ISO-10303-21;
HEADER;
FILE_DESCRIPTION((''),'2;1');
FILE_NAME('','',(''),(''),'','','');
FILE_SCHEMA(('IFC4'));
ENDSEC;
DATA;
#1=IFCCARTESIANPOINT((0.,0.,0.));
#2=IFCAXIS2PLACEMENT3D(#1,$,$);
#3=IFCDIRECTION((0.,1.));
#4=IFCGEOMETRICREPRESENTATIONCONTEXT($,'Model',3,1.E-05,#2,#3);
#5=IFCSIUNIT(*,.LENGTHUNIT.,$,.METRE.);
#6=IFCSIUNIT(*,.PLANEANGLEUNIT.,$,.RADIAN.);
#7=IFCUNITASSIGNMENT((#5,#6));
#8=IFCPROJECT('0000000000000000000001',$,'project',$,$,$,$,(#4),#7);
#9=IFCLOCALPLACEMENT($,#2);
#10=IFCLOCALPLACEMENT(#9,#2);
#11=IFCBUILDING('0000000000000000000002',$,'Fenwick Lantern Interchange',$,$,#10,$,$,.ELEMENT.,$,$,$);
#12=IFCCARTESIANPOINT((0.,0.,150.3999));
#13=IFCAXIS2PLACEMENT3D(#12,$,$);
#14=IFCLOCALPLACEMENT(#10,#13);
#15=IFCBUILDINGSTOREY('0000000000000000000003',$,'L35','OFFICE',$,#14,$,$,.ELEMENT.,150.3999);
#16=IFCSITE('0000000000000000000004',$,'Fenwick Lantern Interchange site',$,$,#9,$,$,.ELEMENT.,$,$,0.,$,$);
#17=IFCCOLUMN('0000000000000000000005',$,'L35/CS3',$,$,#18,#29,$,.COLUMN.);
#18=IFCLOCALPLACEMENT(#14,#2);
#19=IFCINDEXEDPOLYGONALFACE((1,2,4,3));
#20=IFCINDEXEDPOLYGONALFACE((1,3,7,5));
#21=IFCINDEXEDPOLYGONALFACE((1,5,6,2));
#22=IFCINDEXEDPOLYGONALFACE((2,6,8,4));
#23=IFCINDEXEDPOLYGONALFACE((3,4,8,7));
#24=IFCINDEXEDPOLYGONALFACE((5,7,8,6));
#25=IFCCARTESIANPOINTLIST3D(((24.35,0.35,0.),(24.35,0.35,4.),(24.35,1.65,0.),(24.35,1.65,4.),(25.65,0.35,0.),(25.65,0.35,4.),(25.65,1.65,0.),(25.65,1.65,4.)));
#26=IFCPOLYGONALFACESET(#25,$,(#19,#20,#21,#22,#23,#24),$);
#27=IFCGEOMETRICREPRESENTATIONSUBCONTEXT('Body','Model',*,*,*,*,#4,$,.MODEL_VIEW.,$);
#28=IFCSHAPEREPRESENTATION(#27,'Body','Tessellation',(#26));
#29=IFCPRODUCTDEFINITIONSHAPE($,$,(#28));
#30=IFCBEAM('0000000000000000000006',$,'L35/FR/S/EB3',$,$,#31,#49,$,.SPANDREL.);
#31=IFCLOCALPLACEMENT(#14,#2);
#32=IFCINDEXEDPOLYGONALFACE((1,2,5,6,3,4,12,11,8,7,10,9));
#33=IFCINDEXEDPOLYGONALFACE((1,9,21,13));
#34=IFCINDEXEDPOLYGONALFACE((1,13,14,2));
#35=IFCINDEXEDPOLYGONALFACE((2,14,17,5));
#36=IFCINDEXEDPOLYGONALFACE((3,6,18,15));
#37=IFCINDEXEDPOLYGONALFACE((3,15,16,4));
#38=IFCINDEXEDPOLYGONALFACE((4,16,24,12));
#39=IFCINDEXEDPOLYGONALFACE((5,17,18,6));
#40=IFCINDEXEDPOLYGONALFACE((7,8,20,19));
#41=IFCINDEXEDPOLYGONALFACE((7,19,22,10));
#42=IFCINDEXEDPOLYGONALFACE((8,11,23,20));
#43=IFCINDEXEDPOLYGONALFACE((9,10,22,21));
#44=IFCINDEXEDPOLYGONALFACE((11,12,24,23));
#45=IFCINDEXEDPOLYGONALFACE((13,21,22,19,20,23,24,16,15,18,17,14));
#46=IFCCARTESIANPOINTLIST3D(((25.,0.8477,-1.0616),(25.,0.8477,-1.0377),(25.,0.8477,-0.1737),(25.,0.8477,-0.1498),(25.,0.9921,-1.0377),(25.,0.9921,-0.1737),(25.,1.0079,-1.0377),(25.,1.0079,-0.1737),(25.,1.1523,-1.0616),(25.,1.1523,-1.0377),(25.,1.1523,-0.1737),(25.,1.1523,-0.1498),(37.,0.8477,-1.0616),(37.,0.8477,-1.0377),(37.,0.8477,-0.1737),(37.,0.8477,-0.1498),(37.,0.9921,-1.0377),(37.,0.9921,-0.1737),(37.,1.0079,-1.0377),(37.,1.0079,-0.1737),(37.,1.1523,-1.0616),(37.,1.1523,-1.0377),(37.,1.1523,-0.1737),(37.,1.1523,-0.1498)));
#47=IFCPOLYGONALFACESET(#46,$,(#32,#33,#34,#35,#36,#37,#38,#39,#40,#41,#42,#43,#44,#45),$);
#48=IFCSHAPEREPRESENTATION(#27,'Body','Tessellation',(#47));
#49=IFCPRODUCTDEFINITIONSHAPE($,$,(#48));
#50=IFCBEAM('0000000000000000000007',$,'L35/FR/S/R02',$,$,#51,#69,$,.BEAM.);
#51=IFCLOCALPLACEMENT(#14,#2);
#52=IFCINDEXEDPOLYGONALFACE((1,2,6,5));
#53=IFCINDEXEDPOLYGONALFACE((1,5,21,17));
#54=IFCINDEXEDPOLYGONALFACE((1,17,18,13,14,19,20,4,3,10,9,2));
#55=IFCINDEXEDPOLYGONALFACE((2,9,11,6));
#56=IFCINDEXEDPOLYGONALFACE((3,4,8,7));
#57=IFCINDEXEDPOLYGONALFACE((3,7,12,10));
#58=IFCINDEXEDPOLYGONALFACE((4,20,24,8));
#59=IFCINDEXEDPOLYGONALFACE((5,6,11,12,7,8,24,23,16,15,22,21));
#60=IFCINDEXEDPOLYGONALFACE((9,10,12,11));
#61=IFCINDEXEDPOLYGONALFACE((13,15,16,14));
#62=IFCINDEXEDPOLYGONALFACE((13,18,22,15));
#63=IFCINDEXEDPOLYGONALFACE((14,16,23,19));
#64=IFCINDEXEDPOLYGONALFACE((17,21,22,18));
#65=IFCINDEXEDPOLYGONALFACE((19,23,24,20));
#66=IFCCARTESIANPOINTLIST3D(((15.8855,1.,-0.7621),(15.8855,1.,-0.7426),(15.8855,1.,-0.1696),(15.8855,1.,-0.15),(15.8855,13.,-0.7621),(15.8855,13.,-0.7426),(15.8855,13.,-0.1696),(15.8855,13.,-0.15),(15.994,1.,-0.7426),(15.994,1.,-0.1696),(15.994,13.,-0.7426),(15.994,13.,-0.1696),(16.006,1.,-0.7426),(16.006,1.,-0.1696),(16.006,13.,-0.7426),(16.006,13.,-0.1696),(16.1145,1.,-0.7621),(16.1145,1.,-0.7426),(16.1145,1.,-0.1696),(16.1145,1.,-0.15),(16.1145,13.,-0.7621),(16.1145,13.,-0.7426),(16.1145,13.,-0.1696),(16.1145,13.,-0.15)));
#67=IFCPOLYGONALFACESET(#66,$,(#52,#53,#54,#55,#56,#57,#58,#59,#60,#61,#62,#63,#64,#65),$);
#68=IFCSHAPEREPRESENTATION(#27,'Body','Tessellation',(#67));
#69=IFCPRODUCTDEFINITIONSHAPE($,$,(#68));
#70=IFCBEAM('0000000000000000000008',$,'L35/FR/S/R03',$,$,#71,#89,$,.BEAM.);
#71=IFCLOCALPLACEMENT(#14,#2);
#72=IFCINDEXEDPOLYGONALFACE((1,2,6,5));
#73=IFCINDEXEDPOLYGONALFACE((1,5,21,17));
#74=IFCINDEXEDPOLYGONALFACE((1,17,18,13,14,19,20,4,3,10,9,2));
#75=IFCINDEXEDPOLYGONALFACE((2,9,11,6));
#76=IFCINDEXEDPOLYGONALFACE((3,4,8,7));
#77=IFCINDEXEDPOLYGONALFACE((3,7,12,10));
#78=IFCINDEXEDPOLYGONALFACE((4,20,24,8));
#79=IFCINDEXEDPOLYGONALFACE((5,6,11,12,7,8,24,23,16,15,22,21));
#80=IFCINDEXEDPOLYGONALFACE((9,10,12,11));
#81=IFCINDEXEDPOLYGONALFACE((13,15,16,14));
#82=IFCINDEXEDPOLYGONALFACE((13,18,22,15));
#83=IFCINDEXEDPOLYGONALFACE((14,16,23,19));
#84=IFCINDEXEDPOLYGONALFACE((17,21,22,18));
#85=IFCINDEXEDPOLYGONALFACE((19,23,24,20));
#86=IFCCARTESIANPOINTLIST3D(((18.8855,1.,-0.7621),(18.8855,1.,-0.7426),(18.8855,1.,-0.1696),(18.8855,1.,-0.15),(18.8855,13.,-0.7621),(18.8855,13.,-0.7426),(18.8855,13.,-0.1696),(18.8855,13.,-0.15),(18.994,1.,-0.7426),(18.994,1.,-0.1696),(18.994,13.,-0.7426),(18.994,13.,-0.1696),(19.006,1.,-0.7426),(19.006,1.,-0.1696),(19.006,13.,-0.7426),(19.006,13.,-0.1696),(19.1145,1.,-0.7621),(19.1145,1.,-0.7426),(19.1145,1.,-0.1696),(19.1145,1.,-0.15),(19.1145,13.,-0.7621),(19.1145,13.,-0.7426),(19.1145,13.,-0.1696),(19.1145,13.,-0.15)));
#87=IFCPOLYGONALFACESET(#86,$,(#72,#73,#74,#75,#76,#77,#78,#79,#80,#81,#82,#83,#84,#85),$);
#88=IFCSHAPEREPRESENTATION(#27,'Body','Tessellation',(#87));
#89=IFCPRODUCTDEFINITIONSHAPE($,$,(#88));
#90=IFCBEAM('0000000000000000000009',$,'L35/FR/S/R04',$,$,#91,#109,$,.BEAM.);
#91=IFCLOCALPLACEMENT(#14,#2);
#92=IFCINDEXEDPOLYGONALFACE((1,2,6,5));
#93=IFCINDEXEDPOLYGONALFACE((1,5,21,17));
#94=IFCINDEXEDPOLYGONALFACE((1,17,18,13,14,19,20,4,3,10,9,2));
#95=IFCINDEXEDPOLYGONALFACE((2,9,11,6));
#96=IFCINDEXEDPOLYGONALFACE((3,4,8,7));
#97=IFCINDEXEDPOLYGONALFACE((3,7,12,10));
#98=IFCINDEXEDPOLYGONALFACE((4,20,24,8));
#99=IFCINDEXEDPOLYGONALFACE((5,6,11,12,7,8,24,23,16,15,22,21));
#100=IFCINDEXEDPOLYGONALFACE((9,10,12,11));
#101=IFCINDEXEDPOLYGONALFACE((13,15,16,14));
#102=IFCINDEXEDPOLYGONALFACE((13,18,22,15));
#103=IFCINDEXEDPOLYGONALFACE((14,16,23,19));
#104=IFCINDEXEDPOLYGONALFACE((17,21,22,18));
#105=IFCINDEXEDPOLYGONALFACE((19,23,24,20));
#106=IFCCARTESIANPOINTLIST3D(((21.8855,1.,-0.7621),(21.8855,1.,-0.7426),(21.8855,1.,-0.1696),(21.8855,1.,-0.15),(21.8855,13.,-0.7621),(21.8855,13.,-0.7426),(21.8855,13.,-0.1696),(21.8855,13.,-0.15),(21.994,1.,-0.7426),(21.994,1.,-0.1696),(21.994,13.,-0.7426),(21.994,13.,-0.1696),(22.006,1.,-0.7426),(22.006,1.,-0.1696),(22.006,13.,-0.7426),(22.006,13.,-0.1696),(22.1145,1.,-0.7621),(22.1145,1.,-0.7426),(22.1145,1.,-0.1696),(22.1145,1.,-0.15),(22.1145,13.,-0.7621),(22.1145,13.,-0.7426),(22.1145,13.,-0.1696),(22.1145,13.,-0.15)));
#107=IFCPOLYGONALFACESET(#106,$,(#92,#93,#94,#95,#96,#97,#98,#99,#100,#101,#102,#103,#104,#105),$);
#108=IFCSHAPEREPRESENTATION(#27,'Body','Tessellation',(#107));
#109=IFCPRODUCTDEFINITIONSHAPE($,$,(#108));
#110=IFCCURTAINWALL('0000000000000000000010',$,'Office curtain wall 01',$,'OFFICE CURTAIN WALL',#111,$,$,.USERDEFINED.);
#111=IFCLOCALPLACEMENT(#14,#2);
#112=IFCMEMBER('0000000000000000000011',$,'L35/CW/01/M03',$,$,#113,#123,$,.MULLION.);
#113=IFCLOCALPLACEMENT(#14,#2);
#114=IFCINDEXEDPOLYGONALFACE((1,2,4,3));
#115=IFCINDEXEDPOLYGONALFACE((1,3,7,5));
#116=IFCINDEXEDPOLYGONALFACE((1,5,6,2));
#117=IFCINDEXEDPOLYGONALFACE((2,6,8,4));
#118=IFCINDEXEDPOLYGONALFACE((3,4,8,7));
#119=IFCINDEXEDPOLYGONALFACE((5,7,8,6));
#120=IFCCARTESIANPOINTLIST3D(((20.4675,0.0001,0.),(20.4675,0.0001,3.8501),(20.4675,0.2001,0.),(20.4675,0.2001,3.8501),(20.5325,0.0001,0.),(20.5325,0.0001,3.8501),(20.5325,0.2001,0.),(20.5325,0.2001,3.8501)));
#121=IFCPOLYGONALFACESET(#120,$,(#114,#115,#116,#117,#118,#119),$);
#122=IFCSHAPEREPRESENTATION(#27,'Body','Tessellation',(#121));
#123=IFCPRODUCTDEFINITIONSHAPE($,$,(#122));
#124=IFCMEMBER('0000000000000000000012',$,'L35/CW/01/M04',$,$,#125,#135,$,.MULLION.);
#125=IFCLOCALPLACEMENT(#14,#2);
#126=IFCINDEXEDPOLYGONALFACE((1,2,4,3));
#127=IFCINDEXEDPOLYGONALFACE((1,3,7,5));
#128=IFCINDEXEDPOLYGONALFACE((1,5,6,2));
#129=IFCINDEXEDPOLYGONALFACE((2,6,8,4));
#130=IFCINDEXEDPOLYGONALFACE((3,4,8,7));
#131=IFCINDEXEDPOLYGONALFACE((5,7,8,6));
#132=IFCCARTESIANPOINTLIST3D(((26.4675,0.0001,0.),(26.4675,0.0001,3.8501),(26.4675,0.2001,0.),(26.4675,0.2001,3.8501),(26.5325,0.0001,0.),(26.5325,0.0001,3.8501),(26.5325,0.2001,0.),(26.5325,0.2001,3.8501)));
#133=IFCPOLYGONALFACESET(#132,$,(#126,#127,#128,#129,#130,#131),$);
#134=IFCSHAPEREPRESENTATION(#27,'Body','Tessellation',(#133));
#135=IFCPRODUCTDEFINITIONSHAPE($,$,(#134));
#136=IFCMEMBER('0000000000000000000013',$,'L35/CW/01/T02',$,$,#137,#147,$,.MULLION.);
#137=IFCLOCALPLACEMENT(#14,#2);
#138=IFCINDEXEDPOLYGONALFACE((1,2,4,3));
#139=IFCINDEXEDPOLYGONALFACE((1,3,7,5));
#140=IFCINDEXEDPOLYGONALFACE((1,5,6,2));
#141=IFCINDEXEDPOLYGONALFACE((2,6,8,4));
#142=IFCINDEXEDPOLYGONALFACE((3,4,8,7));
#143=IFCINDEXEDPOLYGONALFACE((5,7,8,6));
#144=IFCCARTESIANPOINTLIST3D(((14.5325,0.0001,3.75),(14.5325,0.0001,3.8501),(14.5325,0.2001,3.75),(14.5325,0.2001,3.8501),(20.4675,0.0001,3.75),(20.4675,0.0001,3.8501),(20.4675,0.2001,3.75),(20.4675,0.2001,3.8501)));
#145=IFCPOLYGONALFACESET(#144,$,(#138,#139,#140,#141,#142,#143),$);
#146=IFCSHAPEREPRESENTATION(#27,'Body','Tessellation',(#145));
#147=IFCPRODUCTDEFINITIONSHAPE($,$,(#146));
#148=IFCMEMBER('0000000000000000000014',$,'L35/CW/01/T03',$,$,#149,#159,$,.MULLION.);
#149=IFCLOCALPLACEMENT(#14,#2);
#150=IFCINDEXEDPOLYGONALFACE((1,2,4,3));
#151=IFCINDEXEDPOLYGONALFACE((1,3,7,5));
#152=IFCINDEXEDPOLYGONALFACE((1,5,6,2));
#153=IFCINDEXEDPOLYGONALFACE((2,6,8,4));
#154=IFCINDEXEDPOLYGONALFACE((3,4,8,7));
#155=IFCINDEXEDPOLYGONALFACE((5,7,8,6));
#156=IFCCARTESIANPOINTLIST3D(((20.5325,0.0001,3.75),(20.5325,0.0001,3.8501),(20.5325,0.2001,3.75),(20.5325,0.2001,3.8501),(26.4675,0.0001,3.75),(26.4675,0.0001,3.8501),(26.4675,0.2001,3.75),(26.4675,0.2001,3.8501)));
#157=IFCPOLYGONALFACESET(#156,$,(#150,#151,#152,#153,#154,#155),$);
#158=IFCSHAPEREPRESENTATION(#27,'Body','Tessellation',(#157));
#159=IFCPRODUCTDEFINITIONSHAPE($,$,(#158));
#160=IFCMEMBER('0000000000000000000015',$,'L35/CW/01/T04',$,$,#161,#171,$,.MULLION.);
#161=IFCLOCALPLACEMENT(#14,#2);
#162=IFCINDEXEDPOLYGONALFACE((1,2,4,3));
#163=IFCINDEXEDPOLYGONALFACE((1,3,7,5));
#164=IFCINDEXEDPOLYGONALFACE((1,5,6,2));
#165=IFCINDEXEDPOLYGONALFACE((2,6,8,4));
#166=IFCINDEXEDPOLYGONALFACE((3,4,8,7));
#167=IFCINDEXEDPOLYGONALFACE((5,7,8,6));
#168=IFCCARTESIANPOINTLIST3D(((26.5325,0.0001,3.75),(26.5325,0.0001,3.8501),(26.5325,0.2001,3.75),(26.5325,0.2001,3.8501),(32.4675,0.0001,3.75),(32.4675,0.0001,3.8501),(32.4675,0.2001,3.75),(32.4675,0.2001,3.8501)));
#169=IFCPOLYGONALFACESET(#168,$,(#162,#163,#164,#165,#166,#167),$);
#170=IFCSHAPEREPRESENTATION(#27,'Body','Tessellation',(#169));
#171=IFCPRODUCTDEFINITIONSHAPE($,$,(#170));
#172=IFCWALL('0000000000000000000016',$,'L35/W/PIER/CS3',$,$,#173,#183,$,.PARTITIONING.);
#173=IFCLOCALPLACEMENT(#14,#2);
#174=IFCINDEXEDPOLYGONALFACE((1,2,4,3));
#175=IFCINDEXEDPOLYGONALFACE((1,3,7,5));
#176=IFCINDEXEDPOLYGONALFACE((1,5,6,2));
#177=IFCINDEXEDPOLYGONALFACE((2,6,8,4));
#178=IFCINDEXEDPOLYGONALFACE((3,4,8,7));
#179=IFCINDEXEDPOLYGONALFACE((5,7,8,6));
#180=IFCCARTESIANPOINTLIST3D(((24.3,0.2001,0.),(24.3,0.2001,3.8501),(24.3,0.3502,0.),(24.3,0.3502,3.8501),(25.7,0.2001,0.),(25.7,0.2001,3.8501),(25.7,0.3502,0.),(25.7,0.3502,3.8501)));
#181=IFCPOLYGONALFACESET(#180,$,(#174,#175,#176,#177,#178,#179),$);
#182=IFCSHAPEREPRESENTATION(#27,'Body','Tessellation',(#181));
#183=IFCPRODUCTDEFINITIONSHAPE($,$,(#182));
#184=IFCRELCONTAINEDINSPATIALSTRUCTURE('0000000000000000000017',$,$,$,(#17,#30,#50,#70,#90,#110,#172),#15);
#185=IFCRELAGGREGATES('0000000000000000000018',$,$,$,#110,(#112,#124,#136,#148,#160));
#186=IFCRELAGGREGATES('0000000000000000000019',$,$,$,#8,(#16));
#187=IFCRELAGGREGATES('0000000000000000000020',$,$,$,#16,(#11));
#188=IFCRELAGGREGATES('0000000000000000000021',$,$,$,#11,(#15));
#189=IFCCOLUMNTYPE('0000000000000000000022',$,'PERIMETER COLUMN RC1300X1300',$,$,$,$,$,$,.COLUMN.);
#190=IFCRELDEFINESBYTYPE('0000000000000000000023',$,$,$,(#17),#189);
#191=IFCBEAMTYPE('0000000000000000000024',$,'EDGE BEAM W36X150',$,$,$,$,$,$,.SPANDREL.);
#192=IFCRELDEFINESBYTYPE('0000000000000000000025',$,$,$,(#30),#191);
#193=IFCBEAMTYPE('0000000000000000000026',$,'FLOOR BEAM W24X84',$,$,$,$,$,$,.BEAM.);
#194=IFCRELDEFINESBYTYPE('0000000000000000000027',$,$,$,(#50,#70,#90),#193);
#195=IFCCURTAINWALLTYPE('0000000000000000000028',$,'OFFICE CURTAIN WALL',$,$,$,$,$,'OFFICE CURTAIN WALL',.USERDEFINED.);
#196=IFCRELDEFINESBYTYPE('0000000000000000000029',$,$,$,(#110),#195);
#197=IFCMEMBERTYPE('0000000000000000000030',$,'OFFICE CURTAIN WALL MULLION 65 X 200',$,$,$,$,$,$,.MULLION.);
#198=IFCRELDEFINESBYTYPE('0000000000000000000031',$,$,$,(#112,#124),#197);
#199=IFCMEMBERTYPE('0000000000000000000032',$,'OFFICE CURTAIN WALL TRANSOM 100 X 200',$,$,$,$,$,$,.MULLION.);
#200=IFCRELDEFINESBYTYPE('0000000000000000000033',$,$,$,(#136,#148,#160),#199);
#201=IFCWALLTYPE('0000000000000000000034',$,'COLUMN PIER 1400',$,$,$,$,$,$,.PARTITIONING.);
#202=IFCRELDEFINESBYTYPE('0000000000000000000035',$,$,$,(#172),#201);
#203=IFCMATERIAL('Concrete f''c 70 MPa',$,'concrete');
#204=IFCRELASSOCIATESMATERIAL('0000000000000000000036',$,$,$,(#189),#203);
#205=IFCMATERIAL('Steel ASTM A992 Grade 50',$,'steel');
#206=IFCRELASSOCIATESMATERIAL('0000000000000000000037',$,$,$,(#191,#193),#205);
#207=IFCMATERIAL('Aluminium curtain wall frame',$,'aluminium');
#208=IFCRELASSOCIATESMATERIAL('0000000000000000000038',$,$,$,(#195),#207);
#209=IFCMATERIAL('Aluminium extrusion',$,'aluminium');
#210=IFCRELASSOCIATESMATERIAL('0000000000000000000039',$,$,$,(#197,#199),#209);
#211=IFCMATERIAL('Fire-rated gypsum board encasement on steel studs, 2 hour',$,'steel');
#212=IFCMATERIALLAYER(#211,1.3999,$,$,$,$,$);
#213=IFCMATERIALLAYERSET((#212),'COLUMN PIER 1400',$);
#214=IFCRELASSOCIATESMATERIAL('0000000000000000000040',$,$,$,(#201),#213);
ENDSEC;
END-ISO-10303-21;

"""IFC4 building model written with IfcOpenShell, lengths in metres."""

from ifc_helpers import new_model, si_unit, direction, frame, frame_2d, origin, origin_2d, place, context, subcontext, project, spatial, rectangle, i_section, extrude, material, layer, layer_set, material_profile, profile_set, type_object, element, aggregate, save


model = new_model("IFC4")

# Units and contexts
model_context = context("Model", 3, precision=1e-05, world=origin(), true_north=direction((0.0, 1.0)))
body_context = subcontext(model_context, "Body", "Model", "MODEL_VIEW")
ifc_project = project(units=[si_unit("LENGTHUNIT", "METRE"), si_unit("PLANEANGLEUNIT", "RADIAN")], contexts=[model_context])

# Site, building, storey
site_placement = place(None, origin())
site = spatial("IfcSite", under=ifc_project, at=site_placement, Name="Fenwick Lantern Interchange site", CompositionType="ELEMENT", RefElevation=0.0)
building_placement = place(site_placement, origin())
building = spatial("IfcBuilding", under=site, at=building_placement, Name="Fenwick Lantern Interchange", CompositionType="ELEMENT")
storey_placement = place(building_placement, frame((0.0, 0.0, 150.3999)))
storey = spatial("IfcBuildingStorey", under=building, at=storey_placement, Name="L35", Description="OFFICE", CompositionType="ELEMENT", Elevation=150.3999)

# Column
ifc_material_1 = material(Name="Concrete f'c 70 MPa", Category="concrete")
ifc_material_profile_1 = material_profile(ifc_material_1, rectangle(XDim=1.3, YDim=1.3, at=origin_2d()), Name="RC1300X1300")
ifc_profile_set_1 = profile_set([ifc_material_profile_1], Name="Concrete f'c 70 MPa")
column_type = type_object("IfcColumnType", Name="PERIMETER COLUMN RC1300X1300", PredefinedType="COLUMN", material=ifc_profile_set_1)
column_placement = place(storey_placement, frame((25.0, 1.0, 0.0), z_axis=(0.0, 0.0, 1.0), x_axis=(1.0, 0.0, 0.0)))
element("IfcColumn", 1, at=column_placement, inside=storey, type_object=column_type, Name="L35/CS3", PredefinedType="COLUMN", context=body_context, shape_type="SweptSolid", body=[
    extrude(rectangle(XDim=1.3, YDim=1.3, at=origin_2d()), origin(), (0.0, 0.0, 1.0), 4.0),
])

# Beams
ifc_material_2 = material(Name="Steel ASTM A992 Grade 50", Category="steel")
ifc_material_profile_2 = material_profile(ifc_material_2, i_section(OverallWidth=0.3047, OverallDepth=0.9119, WebThickness=0.0159, FlangeThickness=0.0239, at=origin_2d()), Name="W36X150")
ifc_profile_set_2 = profile_set([ifc_material_profile_2], Name="Steel ASTM A992 Grade 50")
beam_type_1 = type_object("IfcBeamType", Name="EDGE BEAM W36X150", PredefinedType="SPANDREL", material=ifc_profile_set_2)
beam_placement = place(storey_placement, frame((25.0, 1.0, -0.6057), z_axis=(1.0, 0.0, 0.0), x_axis=(0.0, 1.0, 0.0)))
element("IfcBeam", 2, at=beam_placement, inside=storey, type_object=beam_type_1, Name="L35/FR/S/EB3", PredefinedType="SPANDREL", context=body_context, shape_type="SweptSolid", body=[
    extrude(i_section(OverallWidth=0.3047, OverallDepth=0.9119, WebThickness=0.0159, FlangeThickness=0.0239, at=origin_2d()), origin(), (0.0, 0.0, 1.0), 12.0),
])
ifc_material_profile_3 = material_profile(ifc_material_2, i_section(OverallWidth=0.229, OverallDepth=0.6121, WebThickness=0.012, FlangeThickness=0.0195, at=origin_2d()), Name="W24X84")
ifc_profile_set_3 = profile_set([ifc_material_profile_3], Name="Steel ASTM A992 Grade 50")
beam_type_2 = type_object("IfcBeamType", Name="FLOOR BEAM W24X84", PredefinedType="BEAM", material=ifc_profile_set_3)
for number, where, z_axis, x_axis, name in (
    (3, (16.0, 1.0, -0.4561), (0.0, 1.0, 0.0), (-1.0, 0.0, 0.0), "L35/FR/S/R02"),
    (4, (19.0, 1.0, -0.4561), (0.0, 1.0, 0.0), (-1.0, 0.0, 0.0), "L35/FR/S/R03"),
    (5, (22.0, 1.0, -0.4561), (0.0, 1.0, 0.0), (-1.0, 0.0, 0.0), "L35/FR/S/R04"),
):
    element("IfcBeam", number, at=place(storey_placement, frame(where, z_axis=z_axis, x_axis=x_axis)), inside=storey, type_object=beam_type_2, Name=name, PredefinedType="BEAM", context=body_context, shape_type="SweptSolid", body=[
        extrude(i_section(OverallWidth=0.229, OverallDepth=0.6121, WebThickness=0.012, FlangeThickness=0.0195, at=origin_2d()), origin(), (0.0, 0.0, 1.0), 12.0),
    ])

# Curtain wall, members
ifc_material_3 = material(Name="Aluminium curtain wall frame", Category="aluminium")
curtain_wall_type = type_object("IfcCurtainWallType", Name="OFFICE CURTAIN WALL", ElementType="OFFICE CURTAIN WALL", PredefinedType="USERDEFINED", material=ifc_material_3)
curtain_wall_placement = place(storey_placement, origin())
curtain_wall = element("IfcCurtainWall", 6, at=curtain_wall_placement, inside=storey, type_object=curtain_wall_type, Name="Office curtain wall 01", ObjectType="OFFICE CURTAIN WALL", PredefinedType="USERDEFINED")
ifc_material_4 = material(Name="Aluminium extrusion", Category="aluminium")
ifc_material_profile_4 = material_profile(ifc_material_4, rectangle(XDim=0.2, YDim=0.0649, at=origin_2d()), Name="OFFICE CURTAIN WALL MULLION 65 X 200")
ifc_profile_set_4 = profile_set([ifc_material_profile_4], Name="Aluminium extrusion")
member_type_1 = type_object("IfcMemberType", Name="OFFICE CURTAIN WALL MULLION 65 X 200", PredefinedType="MULLION", material=ifc_profile_set_4)
member_1_placement = place(storey_placement, frame((20.5, 0.1001, 0.0), z_axis=(0.0, 0.0, 1.0), x_axis=(0.0, 1.0, 0.0)))
member_1 = element("IfcMember", 7, at=member_1_placement, type_object=member_type_1, Name="L35/CW/01/M03", PredefinedType="MULLION", context=body_context, shape_type="SweptSolid", body=[
    extrude(rectangle(XDim=0.2, YDim=0.0649, at=origin_2d()), origin(), (0.0, 0.0, 1.0), 3.8501),
])
member_2_placement = place(storey_placement, frame((26.5, 0.1001, 0.0), z_axis=(0.0, 0.0, 1.0), x_axis=(0.0, 1.0, 0.0)))
member_2 = element("IfcMember", 8, at=member_2_placement, type_object=member_type_1, Name="L35/CW/01/M04", PredefinedType="MULLION", context=body_context, shape_type="SweptSolid", body=[
    extrude(rectangle(XDim=0.2, YDim=0.0649, at=origin_2d()), origin(), (0.0, 0.0, 1.0), 3.8501),
])
ifc_material_profile_5 = material_profile(ifc_material_4, rectangle(XDim=0.2, YDim=0.1001, at=origin_2d()), Name="OFFICE CURTAIN WALL TRANSOM 100 X 200")
ifc_profile_set_5 = profile_set([ifc_material_profile_5], Name="Aluminium extrusion")
member_type_2 = type_object("IfcMemberType", Name="OFFICE CURTAIN WALL TRANSOM 100 X 200", PredefinedType="MULLION", material=ifc_profile_set_5)
member_3_placement = place(storey_placement, frame((14.5325, 0.1001, 3.8), z_axis=(1.0, 0.0, 0.0), x_axis=(0.0, 1.0, 0.0)))
member_3 = element("IfcMember", 9, at=member_3_placement, type_object=member_type_2, Name="L35/CW/01/T02", PredefinedType="MULLION", context=body_context, shape_type="SweptSolid", body=[
    extrude(rectangle(XDim=0.2, YDim=0.1001, at=origin_2d()), origin(), (0.0, 0.0, 1.0), 5.9351),
])
member_4_placement = place(storey_placement, frame((20.5325, 0.1001, 3.8), z_axis=(1.0, 0.0, 0.0), x_axis=(0.0, 1.0, 0.0)))
member_4 = element("IfcMember", 10, at=member_4_placement, type_object=member_type_2, Name="L35/CW/01/T03", PredefinedType="MULLION", context=body_context, shape_type="SweptSolid", body=[
    extrude(rectangle(XDim=0.2, YDim=0.1001, at=origin_2d()), origin(), (0.0, 0.0, 1.0), 5.9351),
])
member_5_placement = place(storey_placement, frame((26.5325, 0.1001, 3.8), z_axis=(1.0, 0.0, 0.0), x_axis=(0.0, 1.0, 0.0)))
member_5 = element("IfcMember", 11, at=member_5_placement, type_object=member_type_2, Name="L35/CW/01/T04", PredefinedType="MULLION", context=body_context, shape_type="SweptSolid", body=[
    extrude(rectangle(XDim=0.2, YDim=0.1001, at=origin_2d()), origin(), (0.0, 0.0, 1.0), 5.9351),
])
aggregate(curtain_wall, [member_1, member_2, member_3, member_4, member_5])

# Wall
ifc_material_5 = material(Name="Fire-rated gypsum board encasement on steel studs, 2 hour", Category="steel")
ifc_layer_1 = layer(ifc_material_5, 1.3999)
ifc_layer_set_1 = layer_set([ifc_layer_1], Name="COLUMN PIER 1400")
wall_type_1 = type_object("IfcWallType", Name="COLUMN PIER 1400", PredefinedType="PARTITIONING", material=ifc_layer_set_1)
wall_placement = place(storey_placement, frame((25.0, 0.2, 0.0), z_axis=(0.0, 0.0, 1.0), x_axis=(0.0, 1.0, 0.0)))
element("IfcWall", 12, at=wall_placement, inside=storey, type_object=wall_type_1, Name="L35/W/PIER/CS3", PredefinedType="PARTITIONING", context=body_context, shape_type="SweptSolid", body=[
    extrude(rectangle(XDim=0.1501, YDim=1.3999, at=frame_2d((0.0752, 0.0))), origin(), (0.0, 0.0, 1.0), 3.8501),
])

save(model, "model.ifc")
